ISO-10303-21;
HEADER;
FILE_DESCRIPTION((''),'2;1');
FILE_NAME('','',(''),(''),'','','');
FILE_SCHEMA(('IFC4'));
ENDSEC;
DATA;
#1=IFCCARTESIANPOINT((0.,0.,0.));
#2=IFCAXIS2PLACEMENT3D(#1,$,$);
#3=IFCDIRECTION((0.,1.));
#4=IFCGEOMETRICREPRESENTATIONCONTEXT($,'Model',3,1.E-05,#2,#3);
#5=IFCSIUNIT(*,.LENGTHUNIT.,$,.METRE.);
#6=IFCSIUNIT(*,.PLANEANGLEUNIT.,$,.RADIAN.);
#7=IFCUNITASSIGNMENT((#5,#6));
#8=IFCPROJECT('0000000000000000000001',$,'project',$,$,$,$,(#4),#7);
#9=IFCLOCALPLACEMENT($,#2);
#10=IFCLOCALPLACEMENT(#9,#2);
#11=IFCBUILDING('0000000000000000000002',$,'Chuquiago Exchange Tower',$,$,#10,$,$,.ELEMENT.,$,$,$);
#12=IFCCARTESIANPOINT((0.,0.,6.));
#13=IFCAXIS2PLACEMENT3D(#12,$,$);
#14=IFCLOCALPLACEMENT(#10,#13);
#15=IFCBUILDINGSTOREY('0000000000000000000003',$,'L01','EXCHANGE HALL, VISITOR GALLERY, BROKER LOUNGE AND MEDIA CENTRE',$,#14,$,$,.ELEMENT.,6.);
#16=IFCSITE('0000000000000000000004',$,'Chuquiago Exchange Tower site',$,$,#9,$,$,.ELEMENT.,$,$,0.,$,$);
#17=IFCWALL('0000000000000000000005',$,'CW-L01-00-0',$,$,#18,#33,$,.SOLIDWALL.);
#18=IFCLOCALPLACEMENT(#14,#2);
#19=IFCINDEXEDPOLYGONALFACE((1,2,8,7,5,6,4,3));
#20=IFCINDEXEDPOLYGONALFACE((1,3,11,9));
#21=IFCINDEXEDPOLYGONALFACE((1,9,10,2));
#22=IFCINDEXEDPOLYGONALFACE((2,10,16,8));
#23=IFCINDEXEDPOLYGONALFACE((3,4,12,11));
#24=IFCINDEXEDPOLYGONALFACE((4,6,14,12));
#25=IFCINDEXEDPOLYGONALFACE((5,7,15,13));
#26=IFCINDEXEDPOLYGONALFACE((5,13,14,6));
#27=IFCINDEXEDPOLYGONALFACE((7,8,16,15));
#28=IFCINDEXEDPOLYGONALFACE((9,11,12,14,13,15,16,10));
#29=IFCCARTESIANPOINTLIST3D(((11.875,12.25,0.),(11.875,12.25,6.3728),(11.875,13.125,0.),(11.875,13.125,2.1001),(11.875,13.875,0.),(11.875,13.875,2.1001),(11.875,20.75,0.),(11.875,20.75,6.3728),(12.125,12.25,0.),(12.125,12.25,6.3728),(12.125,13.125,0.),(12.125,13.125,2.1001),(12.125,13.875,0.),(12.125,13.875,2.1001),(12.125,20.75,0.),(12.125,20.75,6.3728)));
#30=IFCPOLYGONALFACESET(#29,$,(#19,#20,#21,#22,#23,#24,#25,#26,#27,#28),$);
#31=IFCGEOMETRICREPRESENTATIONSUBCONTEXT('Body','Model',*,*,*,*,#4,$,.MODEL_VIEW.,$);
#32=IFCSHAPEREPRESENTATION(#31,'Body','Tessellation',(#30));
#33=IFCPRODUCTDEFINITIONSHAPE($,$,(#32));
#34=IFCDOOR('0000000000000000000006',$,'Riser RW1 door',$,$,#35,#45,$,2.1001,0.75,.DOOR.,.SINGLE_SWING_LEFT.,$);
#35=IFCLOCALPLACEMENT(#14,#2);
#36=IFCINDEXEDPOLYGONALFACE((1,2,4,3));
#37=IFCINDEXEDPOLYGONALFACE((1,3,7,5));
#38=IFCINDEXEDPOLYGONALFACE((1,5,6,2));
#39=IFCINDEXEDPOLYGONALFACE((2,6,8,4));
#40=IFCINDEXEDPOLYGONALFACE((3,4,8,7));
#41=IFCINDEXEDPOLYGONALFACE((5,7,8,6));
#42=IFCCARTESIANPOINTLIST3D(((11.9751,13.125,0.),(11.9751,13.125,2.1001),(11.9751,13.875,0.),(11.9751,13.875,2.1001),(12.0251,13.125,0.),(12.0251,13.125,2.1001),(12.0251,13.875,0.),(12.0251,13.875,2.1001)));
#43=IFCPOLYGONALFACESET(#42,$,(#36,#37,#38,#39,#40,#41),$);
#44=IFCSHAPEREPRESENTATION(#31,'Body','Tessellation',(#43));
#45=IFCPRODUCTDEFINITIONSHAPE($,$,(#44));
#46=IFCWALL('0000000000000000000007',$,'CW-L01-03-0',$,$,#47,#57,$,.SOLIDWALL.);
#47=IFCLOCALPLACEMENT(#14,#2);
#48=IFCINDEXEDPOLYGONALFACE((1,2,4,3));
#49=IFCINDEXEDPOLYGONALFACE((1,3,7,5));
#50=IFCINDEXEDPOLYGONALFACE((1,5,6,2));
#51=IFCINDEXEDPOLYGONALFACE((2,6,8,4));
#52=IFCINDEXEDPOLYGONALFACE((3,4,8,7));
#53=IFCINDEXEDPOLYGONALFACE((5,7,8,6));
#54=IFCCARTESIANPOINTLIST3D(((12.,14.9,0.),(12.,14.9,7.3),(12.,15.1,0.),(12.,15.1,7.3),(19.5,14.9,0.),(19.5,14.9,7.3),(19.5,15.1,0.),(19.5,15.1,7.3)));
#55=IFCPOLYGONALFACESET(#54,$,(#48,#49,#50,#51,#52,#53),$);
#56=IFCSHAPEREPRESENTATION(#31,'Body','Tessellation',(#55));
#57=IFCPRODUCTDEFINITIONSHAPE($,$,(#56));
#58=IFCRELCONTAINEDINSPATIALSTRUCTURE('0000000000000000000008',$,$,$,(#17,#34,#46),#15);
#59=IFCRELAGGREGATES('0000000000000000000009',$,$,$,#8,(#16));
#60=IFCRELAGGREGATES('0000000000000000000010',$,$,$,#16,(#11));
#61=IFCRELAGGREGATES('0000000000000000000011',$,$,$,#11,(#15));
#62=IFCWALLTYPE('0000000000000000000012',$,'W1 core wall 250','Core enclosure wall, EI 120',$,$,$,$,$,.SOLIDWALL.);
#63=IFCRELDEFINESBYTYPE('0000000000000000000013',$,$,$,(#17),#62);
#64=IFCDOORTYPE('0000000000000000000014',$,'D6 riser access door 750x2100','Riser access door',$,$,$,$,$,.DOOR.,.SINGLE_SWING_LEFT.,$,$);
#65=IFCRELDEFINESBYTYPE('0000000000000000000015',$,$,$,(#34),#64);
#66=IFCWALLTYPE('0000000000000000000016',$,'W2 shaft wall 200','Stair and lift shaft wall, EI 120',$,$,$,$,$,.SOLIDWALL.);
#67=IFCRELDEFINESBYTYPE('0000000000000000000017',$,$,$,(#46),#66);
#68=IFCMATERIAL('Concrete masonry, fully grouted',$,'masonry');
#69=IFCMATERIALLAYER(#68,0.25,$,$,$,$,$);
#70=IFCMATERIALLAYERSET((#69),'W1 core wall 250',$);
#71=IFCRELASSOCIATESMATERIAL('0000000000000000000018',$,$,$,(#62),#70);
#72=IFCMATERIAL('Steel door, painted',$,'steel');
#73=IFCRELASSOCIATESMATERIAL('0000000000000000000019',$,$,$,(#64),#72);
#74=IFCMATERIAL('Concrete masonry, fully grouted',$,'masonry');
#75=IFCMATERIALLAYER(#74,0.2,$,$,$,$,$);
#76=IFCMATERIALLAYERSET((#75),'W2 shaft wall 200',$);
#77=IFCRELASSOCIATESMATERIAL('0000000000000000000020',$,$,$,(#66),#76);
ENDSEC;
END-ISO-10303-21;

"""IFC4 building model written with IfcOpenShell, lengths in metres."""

from ifc_helpers import new_model, si_unit, direction, frame, frame_2d, origin, place, context, subcontext, project, spatial, rectangle, extrude, material, layer, layer_set, type_object, element, fill, save


model = new_model("IFC4")

# Units and contexts
model_context = context("Model", 3, precision=1e-05, world=origin(), true_north=direction((0.0, 1.0)))
body_context = subcontext(model_context, "Body", "Model", "MODEL_VIEW")
ifc_project = project(units=[si_unit("LENGTHUNIT", "METRE"), si_unit("PLANEANGLEUNIT", "RADIAN")], contexts=[model_context])

# Site, building, storey
site_placement = place(None, origin())
site = spatial("IfcSite", under=ifc_project, at=site_placement, Name="Chuquiago Exchange Tower site", CompositionType="ELEMENT", RefElevation=0.0)
building_placement = place(site_placement, origin())
building = spatial("IfcBuilding", under=site, at=building_placement, Name="Chuquiago Exchange Tower", CompositionType="ELEMENT")
storey_placement = place(building_placement, frame((0.0, 0.0, 6.0)))
storey = spatial("IfcBuildingStorey", under=building, at=storey_placement, Name="L01", Description="EXCHANGE HALL, VISITOR GALLERY, BROKER LOUNGE AND MEDIA CENTRE", CompositionType="ELEMENT", Elevation=6.0)

# Wall, opening, door
ifc_material_1 = material(Name="Concrete masonry, fully grouted", Category="masonry")
ifc_layer_1 = layer(ifc_material_1, 0.25)
ifc_layer_set_1 = layer_set([ifc_layer_1], Name="W1 core wall 250")
wall_type_1 = type_object("IfcWallType", Name="W1 core wall 250", Description="Core enclosure wall, EI 120", PredefinedType="SOLIDWALL", material=ifc_layer_set_1)
wall_1_placement = place(storey_placement, frame((12.0, 12.25, 0.0), z_axis=(0.0, 0.0, 1.0), x_axis=(0.0, 1.0, 0.0)))
wall_1 = element("IfcWall", 1, at=wall_1_placement, inside=storey, type_object=wall_type_1, Name="CW-L01-00-0", PredefinedType="SOLIDWALL", context=body_context, shape_type="SweptSolid", body=[
    extrude(rectangle(XDim=8.5, YDim=0.25, at=frame_2d((4.25, 0.0))), origin(), (0.0, 0.0, 1.0), 6.3728),
])
opening_placement = place(wall_1_placement, frame((0.875, 0.0, 0.0)))
opening = element("IfcOpeningElement", 2, at=opening_placement, cuts=wall_1, PredefinedType="OPENING", context=body_context, shape_type="SweptSolid", body=[
    extrude(rectangle(XDim=0.75, YDim=2.1001, at=frame_2d((0.375, 1.05))), frame((0.0, 0.135, 0.0), z_axis=(0.0, -1.0, 0.0), x_axis=(1.0, 0.0, 0.0)), (0.0, 0.0, 1.0), 0.27),
])
ifc_material_2 = material(Name="Steel door, painted", Category="steel")
door_type = type_object("IfcDoorType", Name="D6 riser access door 750x2100", Description="Riser access door", OperationType="SINGLE_SWING_LEFT", PredefinedType="DOOR", material=ifc_material_2)
door_placement = place(opening_placement, origin())
door = element("IfcDoor", 3, at=door_placement, inside=storey, type_object=door_type, Name="Riser RW1 door", OperationType="SINGLE_SWING_LEFT", OverallHeight=2.1001, OverallWidth=0.75, PredefinedType="DOOR", context=body_context, shape_type="SweptSolid", body=[
    extrude(rectangle(XDim=0.75, YDim=2.1001, at=frame_2d((0.375, 1.05))), frame((0.0, 0.0249, 0.0), z_axis=(0.0, -1.0, 0.0), x_axis=(1.0, 0.0, 0.0)), (0.0, 0.0, 1.0), 0.05),
])
fill(opening, door)

# Wall
ifc_material_3 = material(Name="Concrete masonry, fully grouted", Category="masonry")
ifc_layer_2 = layer(ifc_material_3, 0.2)
ifc_layer_set_2 = layer_set([ifc_layer_2], Name="W2 shaft wall 200")
wall_type_2 = type_object("IfcWallType", Name="W2 shaft wall 200", Description="Stair and lift shaft wall, EI 120", PredefinedType="SOLIDWALL", material=ifc_layer_set_2)
wall_2_placement = place(storey_placement, frame((12.0, 15.0, 0.0), z_axis=(0.0, 0.0, 1.0), x_axis=(1.0, 0.0, 0.0)))
element("IfcWall", 4, at=wall_2_placement, inside=storey, type_object=wall_type_2, Name="CW-L01-03-0", PredefinedType="SOLIDWALL", context=body_context, shape_type="SweptSolid", body=[
    extrude(rectangle(XDim=7.5, YDim=0.2, at=frame_2d((3.75, 0.0))), origin(), (0.0, 0.0, 1.0), 7.3),
])

save(model, "model.ifc")
